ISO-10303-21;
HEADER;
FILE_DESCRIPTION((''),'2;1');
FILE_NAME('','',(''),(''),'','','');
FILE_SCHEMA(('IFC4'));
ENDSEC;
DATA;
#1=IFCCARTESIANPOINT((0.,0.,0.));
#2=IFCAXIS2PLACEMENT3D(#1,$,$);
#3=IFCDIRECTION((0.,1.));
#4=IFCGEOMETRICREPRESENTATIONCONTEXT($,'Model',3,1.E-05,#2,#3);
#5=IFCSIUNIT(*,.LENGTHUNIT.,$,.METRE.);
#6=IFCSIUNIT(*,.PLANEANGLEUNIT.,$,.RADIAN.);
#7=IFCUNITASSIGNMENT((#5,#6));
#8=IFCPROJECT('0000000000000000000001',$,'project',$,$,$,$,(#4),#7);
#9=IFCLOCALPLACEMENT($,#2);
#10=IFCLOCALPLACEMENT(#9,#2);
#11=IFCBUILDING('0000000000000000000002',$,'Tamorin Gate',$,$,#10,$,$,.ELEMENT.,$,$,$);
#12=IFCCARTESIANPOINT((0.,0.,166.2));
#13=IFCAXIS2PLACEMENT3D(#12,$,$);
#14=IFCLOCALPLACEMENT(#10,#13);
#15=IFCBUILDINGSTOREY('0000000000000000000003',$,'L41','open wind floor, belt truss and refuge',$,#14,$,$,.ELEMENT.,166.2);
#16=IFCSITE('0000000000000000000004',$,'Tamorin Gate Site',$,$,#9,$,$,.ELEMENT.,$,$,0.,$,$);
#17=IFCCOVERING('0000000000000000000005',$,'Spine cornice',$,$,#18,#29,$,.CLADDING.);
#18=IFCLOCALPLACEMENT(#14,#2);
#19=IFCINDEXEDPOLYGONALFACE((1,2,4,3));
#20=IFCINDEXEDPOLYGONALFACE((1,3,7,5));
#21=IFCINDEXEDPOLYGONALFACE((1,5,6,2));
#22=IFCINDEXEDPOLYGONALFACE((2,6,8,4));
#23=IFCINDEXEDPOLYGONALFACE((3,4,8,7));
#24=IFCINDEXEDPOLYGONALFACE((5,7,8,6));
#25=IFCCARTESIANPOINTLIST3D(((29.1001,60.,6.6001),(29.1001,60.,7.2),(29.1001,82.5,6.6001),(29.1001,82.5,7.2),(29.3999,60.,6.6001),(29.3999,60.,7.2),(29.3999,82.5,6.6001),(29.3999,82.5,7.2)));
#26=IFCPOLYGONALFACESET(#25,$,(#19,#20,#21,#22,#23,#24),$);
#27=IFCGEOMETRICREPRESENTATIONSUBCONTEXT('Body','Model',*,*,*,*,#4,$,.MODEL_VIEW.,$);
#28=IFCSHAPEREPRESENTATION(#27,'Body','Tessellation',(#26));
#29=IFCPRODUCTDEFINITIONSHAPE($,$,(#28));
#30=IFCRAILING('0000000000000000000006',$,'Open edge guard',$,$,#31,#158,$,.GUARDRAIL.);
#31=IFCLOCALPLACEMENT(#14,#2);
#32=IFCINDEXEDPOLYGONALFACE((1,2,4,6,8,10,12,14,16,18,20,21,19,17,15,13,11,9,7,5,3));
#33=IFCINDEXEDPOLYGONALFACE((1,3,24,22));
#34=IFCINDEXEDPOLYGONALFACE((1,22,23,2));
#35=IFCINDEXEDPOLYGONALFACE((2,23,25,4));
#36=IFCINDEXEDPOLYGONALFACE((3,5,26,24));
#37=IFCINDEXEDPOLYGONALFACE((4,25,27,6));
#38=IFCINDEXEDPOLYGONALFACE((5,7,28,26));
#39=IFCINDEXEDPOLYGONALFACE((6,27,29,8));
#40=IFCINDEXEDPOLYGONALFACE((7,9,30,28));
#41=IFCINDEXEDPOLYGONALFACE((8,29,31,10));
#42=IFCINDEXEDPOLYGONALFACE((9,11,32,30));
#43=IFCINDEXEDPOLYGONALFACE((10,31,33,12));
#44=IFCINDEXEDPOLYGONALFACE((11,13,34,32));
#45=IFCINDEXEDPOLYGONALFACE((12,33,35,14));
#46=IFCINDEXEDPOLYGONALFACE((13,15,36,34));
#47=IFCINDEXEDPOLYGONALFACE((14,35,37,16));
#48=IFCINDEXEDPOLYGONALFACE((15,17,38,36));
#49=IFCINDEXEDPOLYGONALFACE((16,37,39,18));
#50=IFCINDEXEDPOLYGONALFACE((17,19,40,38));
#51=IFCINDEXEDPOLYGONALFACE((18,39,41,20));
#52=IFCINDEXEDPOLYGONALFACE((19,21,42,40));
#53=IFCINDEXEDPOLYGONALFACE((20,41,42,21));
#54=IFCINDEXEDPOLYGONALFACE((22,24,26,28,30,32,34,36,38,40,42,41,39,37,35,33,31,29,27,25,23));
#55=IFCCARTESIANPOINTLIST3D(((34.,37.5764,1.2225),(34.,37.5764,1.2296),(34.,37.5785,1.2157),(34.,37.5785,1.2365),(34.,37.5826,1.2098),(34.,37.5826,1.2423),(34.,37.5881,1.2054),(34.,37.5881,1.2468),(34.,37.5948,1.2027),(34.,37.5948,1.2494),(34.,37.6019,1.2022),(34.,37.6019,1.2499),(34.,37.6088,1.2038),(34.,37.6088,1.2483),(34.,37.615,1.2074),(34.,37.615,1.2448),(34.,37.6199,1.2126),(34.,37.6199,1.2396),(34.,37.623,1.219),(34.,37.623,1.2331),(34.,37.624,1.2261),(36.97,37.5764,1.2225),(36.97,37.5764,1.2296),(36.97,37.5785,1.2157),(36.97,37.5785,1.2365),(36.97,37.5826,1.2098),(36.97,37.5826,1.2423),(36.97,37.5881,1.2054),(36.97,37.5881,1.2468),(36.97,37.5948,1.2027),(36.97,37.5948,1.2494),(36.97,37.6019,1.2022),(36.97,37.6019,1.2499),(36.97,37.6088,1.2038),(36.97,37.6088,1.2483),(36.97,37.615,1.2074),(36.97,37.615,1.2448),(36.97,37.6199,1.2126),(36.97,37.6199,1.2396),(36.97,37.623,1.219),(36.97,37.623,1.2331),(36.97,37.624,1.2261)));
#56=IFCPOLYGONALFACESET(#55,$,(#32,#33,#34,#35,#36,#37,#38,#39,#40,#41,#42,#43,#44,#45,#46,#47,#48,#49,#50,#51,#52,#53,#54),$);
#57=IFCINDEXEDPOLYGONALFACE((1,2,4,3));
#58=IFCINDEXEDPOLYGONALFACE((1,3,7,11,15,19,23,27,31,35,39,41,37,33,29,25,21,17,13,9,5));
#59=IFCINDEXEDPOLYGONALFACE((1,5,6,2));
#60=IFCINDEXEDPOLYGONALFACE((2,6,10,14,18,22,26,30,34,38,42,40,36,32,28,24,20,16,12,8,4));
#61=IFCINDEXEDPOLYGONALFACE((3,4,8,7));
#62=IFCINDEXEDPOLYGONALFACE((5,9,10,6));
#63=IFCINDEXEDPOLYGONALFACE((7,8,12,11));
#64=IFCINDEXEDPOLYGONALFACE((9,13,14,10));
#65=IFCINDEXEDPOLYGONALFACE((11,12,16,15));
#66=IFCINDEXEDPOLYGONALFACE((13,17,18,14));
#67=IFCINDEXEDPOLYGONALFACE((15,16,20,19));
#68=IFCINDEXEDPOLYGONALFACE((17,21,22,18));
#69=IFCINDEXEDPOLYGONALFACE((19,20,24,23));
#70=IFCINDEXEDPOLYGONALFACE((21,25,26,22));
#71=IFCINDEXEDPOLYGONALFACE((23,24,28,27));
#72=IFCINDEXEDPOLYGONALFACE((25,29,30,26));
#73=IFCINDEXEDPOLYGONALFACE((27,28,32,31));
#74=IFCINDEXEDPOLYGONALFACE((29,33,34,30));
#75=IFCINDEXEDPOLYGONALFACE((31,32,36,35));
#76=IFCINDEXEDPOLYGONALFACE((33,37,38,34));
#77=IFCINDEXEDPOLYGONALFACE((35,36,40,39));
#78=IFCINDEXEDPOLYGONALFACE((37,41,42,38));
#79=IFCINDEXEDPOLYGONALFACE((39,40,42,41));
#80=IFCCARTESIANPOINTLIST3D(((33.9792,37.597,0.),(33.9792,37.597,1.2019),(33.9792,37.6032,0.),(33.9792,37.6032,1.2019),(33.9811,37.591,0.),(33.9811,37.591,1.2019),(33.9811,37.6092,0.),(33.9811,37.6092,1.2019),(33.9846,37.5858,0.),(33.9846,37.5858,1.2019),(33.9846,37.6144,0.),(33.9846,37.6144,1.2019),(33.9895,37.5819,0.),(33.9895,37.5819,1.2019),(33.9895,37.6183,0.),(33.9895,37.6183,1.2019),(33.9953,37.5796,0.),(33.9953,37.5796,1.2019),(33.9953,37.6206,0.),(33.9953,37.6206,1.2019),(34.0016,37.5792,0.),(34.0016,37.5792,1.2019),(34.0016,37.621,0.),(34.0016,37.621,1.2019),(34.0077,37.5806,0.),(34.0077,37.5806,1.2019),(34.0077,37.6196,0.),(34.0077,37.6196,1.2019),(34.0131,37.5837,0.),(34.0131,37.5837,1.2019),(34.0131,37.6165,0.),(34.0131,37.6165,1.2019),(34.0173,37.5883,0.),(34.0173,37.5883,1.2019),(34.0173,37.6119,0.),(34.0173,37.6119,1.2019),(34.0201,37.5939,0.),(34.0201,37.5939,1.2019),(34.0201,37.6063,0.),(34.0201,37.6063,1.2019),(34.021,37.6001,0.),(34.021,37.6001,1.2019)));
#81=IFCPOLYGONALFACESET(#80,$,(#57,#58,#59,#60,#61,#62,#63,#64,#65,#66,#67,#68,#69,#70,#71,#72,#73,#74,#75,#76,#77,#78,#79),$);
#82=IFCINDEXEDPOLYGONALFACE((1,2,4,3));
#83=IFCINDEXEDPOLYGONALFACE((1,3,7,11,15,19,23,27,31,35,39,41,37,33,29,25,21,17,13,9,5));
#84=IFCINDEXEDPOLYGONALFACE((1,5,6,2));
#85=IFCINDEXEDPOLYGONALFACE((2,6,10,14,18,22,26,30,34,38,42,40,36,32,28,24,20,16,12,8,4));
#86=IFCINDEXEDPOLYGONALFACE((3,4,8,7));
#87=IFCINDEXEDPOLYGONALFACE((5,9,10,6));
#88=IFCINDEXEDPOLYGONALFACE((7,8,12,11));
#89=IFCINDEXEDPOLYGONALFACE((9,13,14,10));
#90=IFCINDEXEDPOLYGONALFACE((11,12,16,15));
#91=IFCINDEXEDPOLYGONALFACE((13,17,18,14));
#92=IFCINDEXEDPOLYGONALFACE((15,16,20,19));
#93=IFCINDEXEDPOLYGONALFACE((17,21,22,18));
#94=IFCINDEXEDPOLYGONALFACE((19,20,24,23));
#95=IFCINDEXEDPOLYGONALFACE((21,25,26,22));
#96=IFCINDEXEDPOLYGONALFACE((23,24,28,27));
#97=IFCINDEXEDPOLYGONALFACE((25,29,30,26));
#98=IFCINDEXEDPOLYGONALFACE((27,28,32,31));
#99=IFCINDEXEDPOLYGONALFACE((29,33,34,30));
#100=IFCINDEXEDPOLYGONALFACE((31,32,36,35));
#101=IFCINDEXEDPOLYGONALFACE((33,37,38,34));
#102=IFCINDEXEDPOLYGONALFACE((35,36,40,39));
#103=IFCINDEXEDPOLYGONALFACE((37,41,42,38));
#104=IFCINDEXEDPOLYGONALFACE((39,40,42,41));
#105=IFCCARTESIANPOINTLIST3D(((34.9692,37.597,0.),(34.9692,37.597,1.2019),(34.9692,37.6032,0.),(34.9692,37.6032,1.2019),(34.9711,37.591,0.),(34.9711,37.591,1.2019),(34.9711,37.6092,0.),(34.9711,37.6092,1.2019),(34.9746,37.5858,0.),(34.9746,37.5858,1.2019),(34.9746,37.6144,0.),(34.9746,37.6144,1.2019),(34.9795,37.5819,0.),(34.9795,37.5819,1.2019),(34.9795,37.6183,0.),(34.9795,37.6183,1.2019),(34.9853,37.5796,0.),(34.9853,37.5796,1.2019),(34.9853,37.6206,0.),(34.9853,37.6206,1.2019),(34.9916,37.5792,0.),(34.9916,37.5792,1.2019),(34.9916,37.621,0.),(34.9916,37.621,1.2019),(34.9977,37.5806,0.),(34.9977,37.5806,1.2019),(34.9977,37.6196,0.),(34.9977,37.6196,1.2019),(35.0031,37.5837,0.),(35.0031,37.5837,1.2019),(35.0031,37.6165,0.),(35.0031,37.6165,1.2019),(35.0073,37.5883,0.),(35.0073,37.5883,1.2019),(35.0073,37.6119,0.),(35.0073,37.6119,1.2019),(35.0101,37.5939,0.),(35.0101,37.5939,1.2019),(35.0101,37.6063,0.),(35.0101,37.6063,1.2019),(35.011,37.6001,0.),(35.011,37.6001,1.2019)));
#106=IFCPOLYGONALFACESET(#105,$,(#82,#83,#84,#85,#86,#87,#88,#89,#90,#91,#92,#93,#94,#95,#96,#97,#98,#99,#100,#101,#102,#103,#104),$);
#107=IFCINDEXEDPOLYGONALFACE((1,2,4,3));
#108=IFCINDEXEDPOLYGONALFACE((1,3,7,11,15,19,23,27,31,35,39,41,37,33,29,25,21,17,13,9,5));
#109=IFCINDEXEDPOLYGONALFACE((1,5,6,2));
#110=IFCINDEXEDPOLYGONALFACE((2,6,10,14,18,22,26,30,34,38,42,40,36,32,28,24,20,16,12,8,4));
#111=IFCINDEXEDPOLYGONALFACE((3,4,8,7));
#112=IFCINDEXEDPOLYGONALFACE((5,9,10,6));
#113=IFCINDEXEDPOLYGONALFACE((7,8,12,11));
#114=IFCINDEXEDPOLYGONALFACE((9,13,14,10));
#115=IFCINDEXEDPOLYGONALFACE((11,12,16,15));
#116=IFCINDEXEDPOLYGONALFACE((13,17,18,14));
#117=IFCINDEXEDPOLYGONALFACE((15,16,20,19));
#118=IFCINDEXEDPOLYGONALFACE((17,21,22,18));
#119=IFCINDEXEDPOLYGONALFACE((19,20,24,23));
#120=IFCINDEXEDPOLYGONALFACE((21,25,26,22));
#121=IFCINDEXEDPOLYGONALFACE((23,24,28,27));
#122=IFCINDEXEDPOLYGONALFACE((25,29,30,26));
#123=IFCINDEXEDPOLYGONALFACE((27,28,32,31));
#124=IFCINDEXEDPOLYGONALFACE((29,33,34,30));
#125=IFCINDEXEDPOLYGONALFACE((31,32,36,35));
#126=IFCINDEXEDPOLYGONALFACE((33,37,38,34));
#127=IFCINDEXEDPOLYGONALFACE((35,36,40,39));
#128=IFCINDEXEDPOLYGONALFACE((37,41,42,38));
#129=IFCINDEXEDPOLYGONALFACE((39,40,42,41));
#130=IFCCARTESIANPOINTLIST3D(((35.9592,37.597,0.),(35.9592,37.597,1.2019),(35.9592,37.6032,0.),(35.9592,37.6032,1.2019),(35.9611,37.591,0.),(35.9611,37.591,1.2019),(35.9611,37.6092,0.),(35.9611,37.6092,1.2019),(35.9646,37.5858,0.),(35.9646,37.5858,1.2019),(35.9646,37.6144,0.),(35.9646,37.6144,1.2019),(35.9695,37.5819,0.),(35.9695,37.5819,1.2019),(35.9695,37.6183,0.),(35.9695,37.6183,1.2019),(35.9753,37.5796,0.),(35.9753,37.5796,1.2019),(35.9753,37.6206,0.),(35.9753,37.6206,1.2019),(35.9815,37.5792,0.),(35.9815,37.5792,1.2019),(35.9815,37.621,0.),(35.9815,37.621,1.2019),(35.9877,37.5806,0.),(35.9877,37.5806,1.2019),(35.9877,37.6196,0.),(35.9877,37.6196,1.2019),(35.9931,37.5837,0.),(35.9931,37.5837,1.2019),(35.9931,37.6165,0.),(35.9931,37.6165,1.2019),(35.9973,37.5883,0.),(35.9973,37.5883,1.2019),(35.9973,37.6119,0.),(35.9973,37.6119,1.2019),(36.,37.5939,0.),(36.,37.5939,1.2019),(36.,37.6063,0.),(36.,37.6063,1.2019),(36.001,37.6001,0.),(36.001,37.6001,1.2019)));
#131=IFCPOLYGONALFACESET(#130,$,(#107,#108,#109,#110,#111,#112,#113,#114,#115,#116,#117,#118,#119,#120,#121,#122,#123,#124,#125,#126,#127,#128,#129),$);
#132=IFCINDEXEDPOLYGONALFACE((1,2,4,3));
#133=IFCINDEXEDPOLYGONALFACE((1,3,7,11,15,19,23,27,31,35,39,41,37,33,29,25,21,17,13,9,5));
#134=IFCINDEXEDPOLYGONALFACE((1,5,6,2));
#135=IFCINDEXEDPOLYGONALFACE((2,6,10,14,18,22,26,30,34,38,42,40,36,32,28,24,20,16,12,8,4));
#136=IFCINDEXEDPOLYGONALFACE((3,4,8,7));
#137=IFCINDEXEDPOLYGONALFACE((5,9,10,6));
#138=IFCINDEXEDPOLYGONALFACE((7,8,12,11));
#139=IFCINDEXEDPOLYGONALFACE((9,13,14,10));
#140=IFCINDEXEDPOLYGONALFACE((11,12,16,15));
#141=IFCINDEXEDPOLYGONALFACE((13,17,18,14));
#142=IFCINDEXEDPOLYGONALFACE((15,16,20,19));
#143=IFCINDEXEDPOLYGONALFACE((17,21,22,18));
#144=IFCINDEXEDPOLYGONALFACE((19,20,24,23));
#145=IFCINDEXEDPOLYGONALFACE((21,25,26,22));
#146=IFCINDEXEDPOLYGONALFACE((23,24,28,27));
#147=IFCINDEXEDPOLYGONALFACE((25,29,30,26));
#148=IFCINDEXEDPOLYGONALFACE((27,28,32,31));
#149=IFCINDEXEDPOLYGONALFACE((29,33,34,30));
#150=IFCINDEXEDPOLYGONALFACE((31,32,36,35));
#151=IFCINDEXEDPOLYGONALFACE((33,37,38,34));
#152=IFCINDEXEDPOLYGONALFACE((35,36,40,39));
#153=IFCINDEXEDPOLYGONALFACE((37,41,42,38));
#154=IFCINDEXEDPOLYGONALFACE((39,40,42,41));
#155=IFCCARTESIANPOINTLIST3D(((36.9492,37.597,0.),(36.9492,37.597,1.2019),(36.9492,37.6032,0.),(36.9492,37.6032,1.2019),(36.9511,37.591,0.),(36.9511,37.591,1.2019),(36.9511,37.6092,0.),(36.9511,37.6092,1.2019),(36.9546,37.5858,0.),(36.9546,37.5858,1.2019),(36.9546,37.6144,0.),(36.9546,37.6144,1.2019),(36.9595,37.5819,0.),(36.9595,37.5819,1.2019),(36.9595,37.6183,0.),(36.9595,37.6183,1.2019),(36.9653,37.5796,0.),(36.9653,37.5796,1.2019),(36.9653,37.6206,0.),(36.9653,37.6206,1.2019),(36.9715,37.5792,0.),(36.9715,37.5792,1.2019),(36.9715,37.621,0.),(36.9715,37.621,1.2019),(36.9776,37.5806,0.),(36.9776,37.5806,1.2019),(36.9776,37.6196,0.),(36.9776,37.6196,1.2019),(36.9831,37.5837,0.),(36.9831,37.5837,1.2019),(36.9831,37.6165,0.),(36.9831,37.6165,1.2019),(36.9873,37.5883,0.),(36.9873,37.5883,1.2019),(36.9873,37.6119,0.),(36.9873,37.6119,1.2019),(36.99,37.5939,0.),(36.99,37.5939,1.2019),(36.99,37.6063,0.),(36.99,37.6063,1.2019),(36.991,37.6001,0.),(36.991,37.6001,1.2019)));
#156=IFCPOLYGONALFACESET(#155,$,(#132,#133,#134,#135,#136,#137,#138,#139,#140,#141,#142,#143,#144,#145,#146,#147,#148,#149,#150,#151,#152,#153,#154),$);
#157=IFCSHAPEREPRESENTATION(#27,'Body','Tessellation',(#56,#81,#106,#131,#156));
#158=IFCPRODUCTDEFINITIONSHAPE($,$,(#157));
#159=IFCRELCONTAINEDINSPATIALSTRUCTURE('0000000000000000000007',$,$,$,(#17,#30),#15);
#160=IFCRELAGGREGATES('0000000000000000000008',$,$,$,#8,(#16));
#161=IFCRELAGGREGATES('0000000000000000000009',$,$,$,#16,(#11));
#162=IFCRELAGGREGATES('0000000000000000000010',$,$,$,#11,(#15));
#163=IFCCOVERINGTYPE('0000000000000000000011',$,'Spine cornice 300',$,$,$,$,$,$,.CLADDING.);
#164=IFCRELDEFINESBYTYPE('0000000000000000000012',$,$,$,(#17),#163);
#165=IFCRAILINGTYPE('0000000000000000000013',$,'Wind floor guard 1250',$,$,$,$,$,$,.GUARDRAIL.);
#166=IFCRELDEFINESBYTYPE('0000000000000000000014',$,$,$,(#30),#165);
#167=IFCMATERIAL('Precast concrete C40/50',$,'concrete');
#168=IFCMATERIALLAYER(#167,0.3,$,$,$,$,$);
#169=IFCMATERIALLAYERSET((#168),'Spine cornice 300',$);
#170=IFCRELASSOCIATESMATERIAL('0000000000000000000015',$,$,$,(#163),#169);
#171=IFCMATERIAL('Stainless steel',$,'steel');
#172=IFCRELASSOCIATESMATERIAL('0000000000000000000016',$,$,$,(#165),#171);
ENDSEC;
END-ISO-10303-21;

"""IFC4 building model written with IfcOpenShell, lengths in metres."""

from ifc_helpers import new_model, si_unit, direction, frame, origin, origin_2d, place, context, subcontext, project, spatial, polyline, circle, outline, extrude, material, layer, layer_set, type_object, element, save


model = new_model("IFC4")

# Units and contexts
model_context = context("Model", 3, precision=1e-05, world=origin(), true_north=direction((0.0, 1.0)))
body_context = subcontext(model_context, "Body", "Model", "MODEL_VIEW")
ifc_project = project(units=[si_unit("LENGTHUNIT", "METRE"), si_unit("PLANEANGLEUNIT", "RADIAN")], contexts=[model_context])

# Site, building, storey
site_placement = place(None, origin())
site = spatial("IfcSite", under=ifc_project, at=site_placement, Name="Tamorin Gate Site", CompositionType="ELEMENT", RefElevation=0.0)
building_placement = place(site_placement, origin())
building = spatial("IfcBuilding", under=site, at=building_placement, Name="Tamorin Gate", CompositionType="ELEMENT")
storey_placement = place(building_placement, frame((0.0, 0.0, 166.2)))
storey = spatial("IfcBuildingStorey", under=building, at=storey_placement, Name="L41", Description="open wind floor, belt truss and refuge", CompositionType="ELEMENT", Elevation=166.2)

# Covering
ifc_material_1 = material(Name="Precast concrete C40/50", Category="concrete")
ifc_layer_1 = layer(ifc_material_1, 0.3)
ifc_layer_set_1 = layer_set([ifc_layer_1], Name="Spine cornice 300")
covering_type = type_object("IfcCoveringType", Name="Spine cornice 300", PredefinedType="CLADDING", material=ifc_layer_set_1)
covering_placement = place(storey_placement, frame((0.0, 0.0, 6.6001)))
element("IfcCovering", 1, at=covering_placement, inside=storey, type_object=covering_type, Name="Spine cornice", PredefinedType="CLADDING", context=body_context, shape_type="SweptSolid", body=[
    extrude(outline(polyline([(29.1001, 60.0), (29.3999, 60.0), (29.3999, 82.5), (29.1001, 82.5), (29.1001, 60.0)])), origin(), (0.0, 0.0, 1.0), 0.5999),
])

# Railing
ifc_material_2 = material(Name="Stainless steel", Category="steel")
railing_type = type_object("IfcRailingType", Name="Wind floor guard 1250", PredefinedType="GUARDRAIL", material=ifc_material_2)
railing_placement = place(storey_placement, frame((34.0, 37.6001, 0.0)))
element("IfcRailing", 2, at=railing_placement, inside=storey, type_object=railing_type, Name="Open edge guard", PredefinedType="GUARDRAIL", context=body_context, shape_type="SweptSolid", body=[
    extrude(circle(Radius=0.0239, at=origin_2d()), frame((0.0, 0.0, 1.2261), z_axis=(1.0, 0.0, 0.0), x_axis=(0.0, 1.0, 0.0)), (0.0, 0.0, 1.0), 2.97),
    extrude(circle(Radius=0.021, at=origin_2d()), origin(), (0.0, 0.0, 1.0), 1.2019),
    extrude(circle(Radius=0.021, at=origin_2d()), frame((0.99, 0.0, 0.0)), (0.0, 0.0, 1.0), 1.2019),
    extrude(circle(Radius=0.021, at=origin_2d()), frame((1.98, 0.0, 0.0)), (0.0, 0.0, 1.0), 1.2019),
    extrude(circle(Radius=0.021, at=origin_2d()), frame((2.97, 0.0, 0.0)), (0.0, 0.0, 1.0), 1.2019),
])

save(model, "model.ifc")
